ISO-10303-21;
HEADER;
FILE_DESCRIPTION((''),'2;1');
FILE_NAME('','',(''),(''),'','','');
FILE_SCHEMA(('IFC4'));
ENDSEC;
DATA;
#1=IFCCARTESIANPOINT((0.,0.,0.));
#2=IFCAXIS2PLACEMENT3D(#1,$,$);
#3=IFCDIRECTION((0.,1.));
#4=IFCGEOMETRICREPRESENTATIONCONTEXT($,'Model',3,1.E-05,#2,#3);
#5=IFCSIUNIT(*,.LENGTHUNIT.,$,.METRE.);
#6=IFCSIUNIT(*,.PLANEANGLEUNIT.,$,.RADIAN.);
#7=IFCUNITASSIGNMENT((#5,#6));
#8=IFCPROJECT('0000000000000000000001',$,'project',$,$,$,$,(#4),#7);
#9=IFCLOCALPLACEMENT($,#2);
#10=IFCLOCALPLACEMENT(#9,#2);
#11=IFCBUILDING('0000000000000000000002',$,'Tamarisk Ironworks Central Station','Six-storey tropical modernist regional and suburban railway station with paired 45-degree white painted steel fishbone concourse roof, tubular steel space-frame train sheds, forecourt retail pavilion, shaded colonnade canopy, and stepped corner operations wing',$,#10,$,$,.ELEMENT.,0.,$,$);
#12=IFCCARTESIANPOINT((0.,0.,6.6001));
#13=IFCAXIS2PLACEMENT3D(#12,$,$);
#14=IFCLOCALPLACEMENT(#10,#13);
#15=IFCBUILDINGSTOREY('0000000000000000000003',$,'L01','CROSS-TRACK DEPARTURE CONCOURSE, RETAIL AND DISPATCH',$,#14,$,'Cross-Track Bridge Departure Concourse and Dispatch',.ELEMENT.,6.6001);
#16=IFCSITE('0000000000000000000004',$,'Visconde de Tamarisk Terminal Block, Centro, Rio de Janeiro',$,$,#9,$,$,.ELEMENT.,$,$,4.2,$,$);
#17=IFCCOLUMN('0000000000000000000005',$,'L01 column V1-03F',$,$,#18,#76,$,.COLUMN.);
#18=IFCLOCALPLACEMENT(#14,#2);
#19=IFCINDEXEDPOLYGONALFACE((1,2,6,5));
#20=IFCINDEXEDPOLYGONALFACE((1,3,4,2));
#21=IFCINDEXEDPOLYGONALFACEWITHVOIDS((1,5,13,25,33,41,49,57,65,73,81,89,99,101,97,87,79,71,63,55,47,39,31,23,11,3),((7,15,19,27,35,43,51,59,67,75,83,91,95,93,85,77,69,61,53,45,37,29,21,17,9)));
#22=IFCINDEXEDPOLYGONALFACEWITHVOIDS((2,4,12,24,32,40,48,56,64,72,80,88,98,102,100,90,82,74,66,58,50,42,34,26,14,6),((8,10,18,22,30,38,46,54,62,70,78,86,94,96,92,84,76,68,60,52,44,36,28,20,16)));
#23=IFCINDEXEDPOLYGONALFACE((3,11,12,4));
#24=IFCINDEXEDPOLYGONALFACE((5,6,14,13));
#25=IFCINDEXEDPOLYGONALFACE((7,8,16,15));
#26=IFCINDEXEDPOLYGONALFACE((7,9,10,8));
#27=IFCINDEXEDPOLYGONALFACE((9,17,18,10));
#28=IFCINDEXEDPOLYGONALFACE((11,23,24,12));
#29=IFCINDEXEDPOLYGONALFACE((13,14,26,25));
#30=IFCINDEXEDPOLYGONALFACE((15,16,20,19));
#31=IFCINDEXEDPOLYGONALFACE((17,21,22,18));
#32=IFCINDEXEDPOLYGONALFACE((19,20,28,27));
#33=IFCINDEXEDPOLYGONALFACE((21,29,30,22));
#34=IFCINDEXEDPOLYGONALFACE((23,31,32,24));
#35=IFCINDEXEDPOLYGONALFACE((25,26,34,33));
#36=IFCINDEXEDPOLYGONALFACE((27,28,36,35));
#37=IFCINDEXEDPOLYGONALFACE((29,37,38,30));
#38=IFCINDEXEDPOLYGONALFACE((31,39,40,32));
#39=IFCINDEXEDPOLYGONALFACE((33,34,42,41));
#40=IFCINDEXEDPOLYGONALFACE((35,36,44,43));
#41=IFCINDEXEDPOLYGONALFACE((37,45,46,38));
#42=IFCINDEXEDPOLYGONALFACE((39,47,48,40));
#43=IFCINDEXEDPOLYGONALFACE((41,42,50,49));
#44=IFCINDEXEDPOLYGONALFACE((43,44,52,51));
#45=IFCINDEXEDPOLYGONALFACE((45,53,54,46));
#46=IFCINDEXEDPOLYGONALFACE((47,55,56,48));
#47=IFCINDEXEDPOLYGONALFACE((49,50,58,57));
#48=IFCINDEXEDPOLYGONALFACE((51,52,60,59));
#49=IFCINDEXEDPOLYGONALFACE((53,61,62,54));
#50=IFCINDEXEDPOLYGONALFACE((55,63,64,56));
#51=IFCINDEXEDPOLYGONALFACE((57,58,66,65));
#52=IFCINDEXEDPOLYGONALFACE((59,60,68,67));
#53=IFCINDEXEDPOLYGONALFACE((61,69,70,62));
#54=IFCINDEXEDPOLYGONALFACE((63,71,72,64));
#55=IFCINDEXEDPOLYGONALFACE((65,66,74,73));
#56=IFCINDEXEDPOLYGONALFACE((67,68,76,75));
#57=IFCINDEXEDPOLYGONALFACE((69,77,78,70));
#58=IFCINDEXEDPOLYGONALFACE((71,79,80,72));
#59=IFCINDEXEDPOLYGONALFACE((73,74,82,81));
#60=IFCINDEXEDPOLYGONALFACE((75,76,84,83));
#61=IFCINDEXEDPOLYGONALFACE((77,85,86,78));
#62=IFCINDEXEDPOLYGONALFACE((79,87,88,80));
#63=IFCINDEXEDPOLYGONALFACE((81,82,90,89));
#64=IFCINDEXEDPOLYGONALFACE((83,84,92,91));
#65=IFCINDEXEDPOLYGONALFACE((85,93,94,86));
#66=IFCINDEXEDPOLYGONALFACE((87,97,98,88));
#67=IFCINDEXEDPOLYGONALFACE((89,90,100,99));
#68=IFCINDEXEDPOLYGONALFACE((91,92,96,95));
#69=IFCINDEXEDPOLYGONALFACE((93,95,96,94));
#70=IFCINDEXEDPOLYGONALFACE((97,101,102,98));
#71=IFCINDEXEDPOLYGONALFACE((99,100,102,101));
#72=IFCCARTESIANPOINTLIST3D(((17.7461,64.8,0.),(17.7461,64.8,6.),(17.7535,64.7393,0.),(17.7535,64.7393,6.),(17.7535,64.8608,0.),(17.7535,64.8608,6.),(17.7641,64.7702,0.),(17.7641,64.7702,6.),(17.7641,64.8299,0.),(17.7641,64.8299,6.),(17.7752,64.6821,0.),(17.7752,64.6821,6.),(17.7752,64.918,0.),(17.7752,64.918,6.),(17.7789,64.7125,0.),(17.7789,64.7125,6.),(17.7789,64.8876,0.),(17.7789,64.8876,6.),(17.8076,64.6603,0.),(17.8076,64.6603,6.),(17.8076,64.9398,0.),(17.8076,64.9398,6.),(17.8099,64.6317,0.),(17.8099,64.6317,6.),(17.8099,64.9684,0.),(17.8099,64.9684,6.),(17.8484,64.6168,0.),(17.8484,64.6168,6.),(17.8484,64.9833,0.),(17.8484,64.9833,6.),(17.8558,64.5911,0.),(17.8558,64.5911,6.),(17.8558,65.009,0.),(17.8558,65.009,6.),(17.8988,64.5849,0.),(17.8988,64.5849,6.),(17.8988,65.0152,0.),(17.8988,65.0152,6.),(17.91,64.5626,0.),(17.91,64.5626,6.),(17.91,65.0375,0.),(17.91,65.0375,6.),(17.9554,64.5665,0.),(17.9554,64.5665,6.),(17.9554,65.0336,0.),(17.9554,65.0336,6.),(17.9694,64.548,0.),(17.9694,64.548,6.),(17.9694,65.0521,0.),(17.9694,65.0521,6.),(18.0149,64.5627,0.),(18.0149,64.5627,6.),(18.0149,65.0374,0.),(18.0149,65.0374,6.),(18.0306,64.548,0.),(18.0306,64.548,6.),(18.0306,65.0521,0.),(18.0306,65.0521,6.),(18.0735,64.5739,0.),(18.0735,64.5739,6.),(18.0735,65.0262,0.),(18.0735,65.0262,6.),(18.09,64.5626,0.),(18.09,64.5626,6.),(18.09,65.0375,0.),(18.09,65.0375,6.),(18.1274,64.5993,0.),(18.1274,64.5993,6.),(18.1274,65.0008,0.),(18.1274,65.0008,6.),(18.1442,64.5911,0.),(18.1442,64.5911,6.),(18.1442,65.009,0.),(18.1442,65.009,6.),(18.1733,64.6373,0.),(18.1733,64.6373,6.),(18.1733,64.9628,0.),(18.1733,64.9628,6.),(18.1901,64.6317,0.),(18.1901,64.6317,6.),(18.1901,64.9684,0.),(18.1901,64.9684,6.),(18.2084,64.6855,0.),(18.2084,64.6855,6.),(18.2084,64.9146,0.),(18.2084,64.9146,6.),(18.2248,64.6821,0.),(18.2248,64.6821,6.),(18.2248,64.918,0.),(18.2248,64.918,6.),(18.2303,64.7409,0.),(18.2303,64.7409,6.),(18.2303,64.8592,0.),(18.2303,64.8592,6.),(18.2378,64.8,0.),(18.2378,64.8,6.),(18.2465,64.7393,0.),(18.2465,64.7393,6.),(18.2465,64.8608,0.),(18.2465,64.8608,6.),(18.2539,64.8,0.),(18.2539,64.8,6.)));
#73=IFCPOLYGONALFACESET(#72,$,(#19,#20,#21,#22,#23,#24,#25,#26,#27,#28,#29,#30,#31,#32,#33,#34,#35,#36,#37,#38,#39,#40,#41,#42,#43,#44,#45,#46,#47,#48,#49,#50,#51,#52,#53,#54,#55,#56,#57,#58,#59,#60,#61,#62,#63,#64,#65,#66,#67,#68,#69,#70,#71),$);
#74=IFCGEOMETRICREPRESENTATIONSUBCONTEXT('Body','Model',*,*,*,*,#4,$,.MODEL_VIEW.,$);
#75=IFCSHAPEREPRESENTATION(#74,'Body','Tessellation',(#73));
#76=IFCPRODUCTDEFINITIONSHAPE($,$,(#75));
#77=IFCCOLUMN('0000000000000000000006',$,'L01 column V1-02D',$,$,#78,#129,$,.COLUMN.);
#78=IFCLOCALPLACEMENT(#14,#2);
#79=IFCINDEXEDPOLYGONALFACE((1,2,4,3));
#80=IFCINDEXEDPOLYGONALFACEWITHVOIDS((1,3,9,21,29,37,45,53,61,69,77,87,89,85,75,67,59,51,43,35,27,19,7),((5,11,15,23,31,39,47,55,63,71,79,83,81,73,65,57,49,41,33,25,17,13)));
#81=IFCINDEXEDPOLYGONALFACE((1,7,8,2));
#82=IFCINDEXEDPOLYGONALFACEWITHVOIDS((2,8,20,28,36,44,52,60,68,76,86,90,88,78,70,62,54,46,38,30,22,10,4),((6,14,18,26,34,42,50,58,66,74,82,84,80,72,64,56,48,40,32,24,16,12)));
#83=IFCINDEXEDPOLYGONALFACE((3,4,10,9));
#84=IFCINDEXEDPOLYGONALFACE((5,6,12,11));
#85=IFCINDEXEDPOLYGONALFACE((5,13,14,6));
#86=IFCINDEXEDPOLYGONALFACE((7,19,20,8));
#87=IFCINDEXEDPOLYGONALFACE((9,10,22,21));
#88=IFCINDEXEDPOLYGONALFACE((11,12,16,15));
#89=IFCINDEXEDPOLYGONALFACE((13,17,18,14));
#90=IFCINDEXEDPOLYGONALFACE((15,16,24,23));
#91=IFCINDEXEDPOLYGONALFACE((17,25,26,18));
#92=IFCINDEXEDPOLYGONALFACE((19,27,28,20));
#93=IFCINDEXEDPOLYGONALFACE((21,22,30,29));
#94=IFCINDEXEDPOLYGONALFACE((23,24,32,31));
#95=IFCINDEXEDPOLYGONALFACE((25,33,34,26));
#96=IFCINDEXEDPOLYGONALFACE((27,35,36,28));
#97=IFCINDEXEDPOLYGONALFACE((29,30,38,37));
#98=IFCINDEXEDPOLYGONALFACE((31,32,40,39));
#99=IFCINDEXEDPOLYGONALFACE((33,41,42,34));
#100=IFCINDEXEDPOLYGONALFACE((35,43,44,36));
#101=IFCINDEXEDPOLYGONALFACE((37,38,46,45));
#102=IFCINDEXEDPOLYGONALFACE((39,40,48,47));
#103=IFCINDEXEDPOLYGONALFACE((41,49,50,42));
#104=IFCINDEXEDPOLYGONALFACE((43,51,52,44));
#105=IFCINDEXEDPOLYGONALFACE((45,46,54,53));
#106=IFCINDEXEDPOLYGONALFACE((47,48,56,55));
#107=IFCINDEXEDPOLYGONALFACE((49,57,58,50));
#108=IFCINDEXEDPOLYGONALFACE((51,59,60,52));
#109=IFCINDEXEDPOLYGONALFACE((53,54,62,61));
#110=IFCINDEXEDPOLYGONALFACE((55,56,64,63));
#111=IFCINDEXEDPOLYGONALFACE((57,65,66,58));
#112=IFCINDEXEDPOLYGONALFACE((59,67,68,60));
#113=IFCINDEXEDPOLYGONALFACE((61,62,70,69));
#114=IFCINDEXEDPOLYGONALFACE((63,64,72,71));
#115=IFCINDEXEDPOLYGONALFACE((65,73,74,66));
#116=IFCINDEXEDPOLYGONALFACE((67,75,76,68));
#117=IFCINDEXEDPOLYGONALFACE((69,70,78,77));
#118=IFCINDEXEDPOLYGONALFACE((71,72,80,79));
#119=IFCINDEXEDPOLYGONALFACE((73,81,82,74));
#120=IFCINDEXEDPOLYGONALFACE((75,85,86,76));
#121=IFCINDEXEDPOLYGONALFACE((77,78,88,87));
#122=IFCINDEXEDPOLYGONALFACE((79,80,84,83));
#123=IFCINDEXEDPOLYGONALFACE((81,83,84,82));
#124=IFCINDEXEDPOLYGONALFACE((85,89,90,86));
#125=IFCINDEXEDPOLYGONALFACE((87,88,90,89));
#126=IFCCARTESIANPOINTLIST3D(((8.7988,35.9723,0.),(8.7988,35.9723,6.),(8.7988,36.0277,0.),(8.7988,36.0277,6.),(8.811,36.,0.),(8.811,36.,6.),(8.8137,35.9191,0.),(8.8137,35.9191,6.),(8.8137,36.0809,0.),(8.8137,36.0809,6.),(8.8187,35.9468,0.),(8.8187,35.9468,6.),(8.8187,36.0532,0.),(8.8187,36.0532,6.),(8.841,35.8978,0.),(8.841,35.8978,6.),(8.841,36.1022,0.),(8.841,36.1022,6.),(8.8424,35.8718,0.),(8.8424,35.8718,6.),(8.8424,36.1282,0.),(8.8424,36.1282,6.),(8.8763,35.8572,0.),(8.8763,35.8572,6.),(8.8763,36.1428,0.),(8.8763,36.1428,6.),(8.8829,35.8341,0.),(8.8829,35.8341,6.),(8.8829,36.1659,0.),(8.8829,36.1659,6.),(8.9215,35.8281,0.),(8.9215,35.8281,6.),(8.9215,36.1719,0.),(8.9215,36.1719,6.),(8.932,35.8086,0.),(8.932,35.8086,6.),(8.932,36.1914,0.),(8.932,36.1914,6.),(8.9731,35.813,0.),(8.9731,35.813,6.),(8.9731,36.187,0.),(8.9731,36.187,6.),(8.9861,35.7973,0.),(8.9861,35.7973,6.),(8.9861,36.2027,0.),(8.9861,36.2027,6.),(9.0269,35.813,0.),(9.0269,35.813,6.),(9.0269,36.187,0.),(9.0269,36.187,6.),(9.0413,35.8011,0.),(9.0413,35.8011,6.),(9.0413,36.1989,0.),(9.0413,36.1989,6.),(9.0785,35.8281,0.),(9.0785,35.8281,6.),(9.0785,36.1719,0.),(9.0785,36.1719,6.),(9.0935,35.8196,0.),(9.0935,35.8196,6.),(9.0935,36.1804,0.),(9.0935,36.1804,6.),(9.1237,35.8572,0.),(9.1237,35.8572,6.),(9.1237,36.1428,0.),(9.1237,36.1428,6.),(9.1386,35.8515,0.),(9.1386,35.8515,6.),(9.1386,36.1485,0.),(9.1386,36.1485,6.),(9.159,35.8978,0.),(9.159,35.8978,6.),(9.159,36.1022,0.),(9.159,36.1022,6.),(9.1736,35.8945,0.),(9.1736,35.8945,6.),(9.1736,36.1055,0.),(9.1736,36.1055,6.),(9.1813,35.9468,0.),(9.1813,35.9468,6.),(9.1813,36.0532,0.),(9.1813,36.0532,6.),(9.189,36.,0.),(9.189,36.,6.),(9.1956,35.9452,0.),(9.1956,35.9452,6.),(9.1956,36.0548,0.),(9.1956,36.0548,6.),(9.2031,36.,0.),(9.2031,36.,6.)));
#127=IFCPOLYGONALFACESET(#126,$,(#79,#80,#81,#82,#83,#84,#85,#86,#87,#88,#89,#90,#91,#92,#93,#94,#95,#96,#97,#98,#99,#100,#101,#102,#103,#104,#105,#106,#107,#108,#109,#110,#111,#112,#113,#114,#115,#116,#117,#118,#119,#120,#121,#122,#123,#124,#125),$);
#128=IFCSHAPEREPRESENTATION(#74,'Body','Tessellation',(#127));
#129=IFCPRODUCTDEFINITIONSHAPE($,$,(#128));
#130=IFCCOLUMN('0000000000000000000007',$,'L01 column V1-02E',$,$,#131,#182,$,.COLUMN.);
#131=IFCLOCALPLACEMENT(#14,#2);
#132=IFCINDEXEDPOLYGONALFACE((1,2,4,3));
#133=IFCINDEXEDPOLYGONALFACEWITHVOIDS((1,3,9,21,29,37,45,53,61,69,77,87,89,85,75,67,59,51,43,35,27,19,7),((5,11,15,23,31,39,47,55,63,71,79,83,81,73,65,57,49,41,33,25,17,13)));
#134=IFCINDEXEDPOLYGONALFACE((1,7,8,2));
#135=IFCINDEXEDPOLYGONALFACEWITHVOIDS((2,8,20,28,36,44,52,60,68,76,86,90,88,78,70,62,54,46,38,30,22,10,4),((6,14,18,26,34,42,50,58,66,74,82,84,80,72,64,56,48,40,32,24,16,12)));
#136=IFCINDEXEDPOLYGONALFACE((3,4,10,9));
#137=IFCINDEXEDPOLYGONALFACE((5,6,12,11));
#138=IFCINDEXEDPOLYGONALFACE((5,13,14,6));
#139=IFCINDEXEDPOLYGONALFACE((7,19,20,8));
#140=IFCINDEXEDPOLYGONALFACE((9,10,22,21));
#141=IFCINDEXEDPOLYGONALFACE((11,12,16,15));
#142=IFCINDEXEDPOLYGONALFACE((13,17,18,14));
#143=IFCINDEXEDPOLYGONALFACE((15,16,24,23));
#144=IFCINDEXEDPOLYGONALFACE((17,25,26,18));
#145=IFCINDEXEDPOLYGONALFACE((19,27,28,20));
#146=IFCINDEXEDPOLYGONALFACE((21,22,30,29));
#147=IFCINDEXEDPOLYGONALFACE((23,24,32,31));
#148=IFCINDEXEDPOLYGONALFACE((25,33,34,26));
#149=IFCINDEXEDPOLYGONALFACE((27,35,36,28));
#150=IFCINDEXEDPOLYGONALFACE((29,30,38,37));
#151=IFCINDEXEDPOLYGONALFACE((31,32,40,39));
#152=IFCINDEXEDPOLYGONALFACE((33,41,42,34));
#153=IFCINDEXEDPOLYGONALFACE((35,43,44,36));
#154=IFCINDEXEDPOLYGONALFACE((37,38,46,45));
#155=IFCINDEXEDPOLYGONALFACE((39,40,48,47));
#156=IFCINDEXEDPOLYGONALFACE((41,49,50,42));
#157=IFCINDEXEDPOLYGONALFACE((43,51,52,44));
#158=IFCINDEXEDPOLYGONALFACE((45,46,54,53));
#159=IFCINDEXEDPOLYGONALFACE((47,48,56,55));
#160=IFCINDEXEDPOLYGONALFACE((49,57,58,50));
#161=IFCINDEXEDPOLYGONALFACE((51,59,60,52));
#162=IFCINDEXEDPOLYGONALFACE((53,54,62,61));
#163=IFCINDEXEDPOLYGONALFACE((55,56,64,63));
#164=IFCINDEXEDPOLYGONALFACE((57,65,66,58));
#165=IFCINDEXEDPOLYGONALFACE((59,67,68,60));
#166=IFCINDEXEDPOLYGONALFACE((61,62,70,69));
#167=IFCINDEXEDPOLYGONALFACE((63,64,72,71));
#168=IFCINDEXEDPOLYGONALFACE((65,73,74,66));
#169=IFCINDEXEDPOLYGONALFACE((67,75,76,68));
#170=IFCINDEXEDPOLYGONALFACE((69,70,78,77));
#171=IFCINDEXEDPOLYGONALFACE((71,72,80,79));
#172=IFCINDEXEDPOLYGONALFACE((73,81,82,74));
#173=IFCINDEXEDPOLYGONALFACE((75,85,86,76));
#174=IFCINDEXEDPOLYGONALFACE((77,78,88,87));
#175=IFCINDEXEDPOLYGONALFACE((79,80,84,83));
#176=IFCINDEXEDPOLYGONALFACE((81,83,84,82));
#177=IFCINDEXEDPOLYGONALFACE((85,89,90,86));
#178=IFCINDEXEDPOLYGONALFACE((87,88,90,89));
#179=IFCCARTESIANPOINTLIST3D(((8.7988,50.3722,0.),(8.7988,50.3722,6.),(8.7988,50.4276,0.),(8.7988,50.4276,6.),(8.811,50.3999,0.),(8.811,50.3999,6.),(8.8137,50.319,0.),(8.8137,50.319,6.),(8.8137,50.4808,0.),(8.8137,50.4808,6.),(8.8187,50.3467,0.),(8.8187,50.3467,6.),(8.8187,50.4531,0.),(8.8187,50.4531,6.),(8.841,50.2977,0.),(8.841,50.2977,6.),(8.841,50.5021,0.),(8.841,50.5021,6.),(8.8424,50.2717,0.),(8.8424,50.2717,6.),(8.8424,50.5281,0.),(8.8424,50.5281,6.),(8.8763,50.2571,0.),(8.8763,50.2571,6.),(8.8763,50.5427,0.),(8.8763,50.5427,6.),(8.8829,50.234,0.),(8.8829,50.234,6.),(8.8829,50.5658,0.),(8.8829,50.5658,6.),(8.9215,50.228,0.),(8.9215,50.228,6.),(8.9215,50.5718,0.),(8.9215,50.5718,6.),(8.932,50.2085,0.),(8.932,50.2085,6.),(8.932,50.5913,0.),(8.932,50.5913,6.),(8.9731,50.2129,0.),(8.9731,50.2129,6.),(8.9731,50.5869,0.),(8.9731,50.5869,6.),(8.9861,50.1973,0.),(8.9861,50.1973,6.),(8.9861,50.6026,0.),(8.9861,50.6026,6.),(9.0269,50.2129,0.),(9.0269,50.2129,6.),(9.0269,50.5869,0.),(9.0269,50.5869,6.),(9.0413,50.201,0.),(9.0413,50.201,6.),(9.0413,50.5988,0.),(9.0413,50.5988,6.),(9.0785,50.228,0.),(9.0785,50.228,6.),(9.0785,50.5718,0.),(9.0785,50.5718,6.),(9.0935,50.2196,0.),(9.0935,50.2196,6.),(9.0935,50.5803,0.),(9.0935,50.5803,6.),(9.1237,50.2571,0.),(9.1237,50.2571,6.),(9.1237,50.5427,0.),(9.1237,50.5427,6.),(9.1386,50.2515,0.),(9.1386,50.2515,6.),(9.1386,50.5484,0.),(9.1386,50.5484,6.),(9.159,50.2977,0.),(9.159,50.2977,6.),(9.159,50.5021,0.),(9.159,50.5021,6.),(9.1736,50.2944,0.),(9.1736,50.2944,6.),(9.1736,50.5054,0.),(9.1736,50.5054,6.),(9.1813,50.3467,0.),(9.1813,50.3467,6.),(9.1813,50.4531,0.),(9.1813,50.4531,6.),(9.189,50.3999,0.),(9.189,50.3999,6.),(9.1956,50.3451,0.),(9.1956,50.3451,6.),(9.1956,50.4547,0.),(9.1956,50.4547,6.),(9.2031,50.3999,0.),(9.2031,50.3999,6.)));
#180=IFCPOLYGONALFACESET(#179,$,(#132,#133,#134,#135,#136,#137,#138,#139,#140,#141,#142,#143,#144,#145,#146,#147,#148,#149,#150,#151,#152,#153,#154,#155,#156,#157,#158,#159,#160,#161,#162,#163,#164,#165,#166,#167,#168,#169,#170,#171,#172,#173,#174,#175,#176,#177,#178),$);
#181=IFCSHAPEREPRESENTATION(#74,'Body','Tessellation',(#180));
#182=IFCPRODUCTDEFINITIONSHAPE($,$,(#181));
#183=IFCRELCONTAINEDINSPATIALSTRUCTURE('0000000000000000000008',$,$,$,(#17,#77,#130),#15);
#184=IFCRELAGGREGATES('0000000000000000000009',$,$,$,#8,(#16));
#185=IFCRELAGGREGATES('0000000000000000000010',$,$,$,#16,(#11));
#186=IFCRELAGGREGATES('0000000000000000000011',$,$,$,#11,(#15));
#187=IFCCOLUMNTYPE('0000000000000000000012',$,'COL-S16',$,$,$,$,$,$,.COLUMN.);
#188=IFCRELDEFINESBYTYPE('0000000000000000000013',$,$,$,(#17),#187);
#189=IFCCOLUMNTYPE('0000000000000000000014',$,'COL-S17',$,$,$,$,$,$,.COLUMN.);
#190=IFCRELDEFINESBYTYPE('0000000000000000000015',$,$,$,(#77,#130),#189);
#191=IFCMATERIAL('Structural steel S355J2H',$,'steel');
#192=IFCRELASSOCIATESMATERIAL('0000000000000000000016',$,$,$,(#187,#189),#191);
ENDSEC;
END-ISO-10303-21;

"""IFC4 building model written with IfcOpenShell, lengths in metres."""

from ifc_helpers import new_model, si_unit, direction, frame, origin, origin_2d, place, context, subcontext, project, spatial, hollow_circle, extrude, material, material_profile, profile_set, type_object, element, save


model = new_model("IFC4")

# Units and contexts
model_context = context("Model", 3, precision=1e-05, world=origin(), true_north=direction((0.0, 1.0)))
body_context = subcontext(model_context, "Body", "Model", "MODEL_VIEW")
ifc_project = project(units=[si_unit("LENGTHUNIT", "METRE"), si_unit("PLANEANGLEUNIT", "RADIAN")], contexts=[model_context])

# Site, building, storey
site_placement = place(None, origin())
site = spatial("IfcSite", under=ifc_project, at=site_placement, Name="Visconde de Tamarisk Terminal Block, Centro, Rio de Janeiro", CompositionType="ELEMENT", RefElevation=4.2)
building_placement = place(site_placement, origin())
building = spatial("IfcBuilding", under=site, at=building_placement, Name="Tamarisk Ironworks Central Station", Description="Six-storey tropical modernist regional and suburban railway station with paired 45-degree white painted steel fishbone concourse roof, tubular steel space-frame train sheds, forecourt retail pavilion, shaded colonnade canopy, and stepped corner operations wing", CompositionType="ELEMENT", ElevationOfRefHeight=0.0)
storey_placement = place(building_placement, frame((0.0, 0.0, 6.6001)))
storey = spatial("IfcBuildingStorey", under=building, at=storey_placement, Name="L01", Description="CROSS-TRACK DEPARTURE CONCOURSE, RETAIL AND DISPATCH", LongName="Cross-Track Bridge Departure Concourse and Dispatch", CompositionType="ELEMENT", Elevation=6.6001)

# Columns
ifc_material_1 = material(Name="Structural steel S355J2H", Category="steel")
ifc_material_profile_1 = material_profile(ifc_material_1, hollow_circle(Radius=0.2539, WallThickness=0.0161, at=origin_2d()), Name="CHS 508x16")
ifc_profile_set_1 = profile_set([ifc_material_profile_1], Name="Structural steel S355J2H")
column_type_1 = type_object("IfcColumnType", Name="COL-S16", PredefinedType="COLUMN", material=ifc_profile_set_1)
for number, where, z_axis, x_axis, name in (
    (1, (18.0, 64.8, 0.0), (0.0, 0.0, 1.0), (1.0, 0.0, 0.0), "L01 column V1-03F"),
):
    element("IfcColumn", number, at=place(storey_placement, frame(where, z_axis=z_axis, x_axis=x_axis)), inside=storey, type_object=column_type_1, Name=name, PredefinedType="COLUMN", context=body_context, shape_type="SweptSolid", body=[
        extrude(hollow_circle(Radius=0.2539, WallThickness=0.0161, at=origin_2d()), origin(), (0.0, 0.0, 1.0), 6.0),
    ])
ifc_material_profile_2 = material_profile(ifc_material_1, hollow_circle(Radius=0.2031, WallThickness=0.0142, at=origin_2d()), Name="CHS 406.4x14.2")
ifc_profile_set_2 = profile_set([ifc_material_profile_2], Name="Structural steel S355J2H")
column_type_2 = type_object("IfcColumnType", Name="COL-S17", PredefinedType="COLUMN", material=ifc_profile_set_2)
for number, where, z_axis, x_axis, name in (
    (2, (9.0, 36.0, 0.0), (0.0, 0.0, 1.0), (1.0, 0.0, 0.0), "L01 column V1-02D"),
    (3, (9.0, 50.3999, 0.0), (0.0, 0.0, 1.0), (1.0, 0.0, 0.0), "L01 column V1-02E"),
):
    element("IfcColumn", number, at=place(storey_placement, frame(where, z_axis=z_axis, x_axis=x_axis)), inside=storey, type_object=column_type_2, Name=name, PredefinedType="COLUMN", context=body_context, shape_type="SweptSolid", body=[
        extrude(hollow_circle(Radius=0.2031, WallThickness=0.0142, at=origin_2d()), origin(), (0.0, 0.0, 1.0), 6.0),
    ])

save(model, "model.ifc")
